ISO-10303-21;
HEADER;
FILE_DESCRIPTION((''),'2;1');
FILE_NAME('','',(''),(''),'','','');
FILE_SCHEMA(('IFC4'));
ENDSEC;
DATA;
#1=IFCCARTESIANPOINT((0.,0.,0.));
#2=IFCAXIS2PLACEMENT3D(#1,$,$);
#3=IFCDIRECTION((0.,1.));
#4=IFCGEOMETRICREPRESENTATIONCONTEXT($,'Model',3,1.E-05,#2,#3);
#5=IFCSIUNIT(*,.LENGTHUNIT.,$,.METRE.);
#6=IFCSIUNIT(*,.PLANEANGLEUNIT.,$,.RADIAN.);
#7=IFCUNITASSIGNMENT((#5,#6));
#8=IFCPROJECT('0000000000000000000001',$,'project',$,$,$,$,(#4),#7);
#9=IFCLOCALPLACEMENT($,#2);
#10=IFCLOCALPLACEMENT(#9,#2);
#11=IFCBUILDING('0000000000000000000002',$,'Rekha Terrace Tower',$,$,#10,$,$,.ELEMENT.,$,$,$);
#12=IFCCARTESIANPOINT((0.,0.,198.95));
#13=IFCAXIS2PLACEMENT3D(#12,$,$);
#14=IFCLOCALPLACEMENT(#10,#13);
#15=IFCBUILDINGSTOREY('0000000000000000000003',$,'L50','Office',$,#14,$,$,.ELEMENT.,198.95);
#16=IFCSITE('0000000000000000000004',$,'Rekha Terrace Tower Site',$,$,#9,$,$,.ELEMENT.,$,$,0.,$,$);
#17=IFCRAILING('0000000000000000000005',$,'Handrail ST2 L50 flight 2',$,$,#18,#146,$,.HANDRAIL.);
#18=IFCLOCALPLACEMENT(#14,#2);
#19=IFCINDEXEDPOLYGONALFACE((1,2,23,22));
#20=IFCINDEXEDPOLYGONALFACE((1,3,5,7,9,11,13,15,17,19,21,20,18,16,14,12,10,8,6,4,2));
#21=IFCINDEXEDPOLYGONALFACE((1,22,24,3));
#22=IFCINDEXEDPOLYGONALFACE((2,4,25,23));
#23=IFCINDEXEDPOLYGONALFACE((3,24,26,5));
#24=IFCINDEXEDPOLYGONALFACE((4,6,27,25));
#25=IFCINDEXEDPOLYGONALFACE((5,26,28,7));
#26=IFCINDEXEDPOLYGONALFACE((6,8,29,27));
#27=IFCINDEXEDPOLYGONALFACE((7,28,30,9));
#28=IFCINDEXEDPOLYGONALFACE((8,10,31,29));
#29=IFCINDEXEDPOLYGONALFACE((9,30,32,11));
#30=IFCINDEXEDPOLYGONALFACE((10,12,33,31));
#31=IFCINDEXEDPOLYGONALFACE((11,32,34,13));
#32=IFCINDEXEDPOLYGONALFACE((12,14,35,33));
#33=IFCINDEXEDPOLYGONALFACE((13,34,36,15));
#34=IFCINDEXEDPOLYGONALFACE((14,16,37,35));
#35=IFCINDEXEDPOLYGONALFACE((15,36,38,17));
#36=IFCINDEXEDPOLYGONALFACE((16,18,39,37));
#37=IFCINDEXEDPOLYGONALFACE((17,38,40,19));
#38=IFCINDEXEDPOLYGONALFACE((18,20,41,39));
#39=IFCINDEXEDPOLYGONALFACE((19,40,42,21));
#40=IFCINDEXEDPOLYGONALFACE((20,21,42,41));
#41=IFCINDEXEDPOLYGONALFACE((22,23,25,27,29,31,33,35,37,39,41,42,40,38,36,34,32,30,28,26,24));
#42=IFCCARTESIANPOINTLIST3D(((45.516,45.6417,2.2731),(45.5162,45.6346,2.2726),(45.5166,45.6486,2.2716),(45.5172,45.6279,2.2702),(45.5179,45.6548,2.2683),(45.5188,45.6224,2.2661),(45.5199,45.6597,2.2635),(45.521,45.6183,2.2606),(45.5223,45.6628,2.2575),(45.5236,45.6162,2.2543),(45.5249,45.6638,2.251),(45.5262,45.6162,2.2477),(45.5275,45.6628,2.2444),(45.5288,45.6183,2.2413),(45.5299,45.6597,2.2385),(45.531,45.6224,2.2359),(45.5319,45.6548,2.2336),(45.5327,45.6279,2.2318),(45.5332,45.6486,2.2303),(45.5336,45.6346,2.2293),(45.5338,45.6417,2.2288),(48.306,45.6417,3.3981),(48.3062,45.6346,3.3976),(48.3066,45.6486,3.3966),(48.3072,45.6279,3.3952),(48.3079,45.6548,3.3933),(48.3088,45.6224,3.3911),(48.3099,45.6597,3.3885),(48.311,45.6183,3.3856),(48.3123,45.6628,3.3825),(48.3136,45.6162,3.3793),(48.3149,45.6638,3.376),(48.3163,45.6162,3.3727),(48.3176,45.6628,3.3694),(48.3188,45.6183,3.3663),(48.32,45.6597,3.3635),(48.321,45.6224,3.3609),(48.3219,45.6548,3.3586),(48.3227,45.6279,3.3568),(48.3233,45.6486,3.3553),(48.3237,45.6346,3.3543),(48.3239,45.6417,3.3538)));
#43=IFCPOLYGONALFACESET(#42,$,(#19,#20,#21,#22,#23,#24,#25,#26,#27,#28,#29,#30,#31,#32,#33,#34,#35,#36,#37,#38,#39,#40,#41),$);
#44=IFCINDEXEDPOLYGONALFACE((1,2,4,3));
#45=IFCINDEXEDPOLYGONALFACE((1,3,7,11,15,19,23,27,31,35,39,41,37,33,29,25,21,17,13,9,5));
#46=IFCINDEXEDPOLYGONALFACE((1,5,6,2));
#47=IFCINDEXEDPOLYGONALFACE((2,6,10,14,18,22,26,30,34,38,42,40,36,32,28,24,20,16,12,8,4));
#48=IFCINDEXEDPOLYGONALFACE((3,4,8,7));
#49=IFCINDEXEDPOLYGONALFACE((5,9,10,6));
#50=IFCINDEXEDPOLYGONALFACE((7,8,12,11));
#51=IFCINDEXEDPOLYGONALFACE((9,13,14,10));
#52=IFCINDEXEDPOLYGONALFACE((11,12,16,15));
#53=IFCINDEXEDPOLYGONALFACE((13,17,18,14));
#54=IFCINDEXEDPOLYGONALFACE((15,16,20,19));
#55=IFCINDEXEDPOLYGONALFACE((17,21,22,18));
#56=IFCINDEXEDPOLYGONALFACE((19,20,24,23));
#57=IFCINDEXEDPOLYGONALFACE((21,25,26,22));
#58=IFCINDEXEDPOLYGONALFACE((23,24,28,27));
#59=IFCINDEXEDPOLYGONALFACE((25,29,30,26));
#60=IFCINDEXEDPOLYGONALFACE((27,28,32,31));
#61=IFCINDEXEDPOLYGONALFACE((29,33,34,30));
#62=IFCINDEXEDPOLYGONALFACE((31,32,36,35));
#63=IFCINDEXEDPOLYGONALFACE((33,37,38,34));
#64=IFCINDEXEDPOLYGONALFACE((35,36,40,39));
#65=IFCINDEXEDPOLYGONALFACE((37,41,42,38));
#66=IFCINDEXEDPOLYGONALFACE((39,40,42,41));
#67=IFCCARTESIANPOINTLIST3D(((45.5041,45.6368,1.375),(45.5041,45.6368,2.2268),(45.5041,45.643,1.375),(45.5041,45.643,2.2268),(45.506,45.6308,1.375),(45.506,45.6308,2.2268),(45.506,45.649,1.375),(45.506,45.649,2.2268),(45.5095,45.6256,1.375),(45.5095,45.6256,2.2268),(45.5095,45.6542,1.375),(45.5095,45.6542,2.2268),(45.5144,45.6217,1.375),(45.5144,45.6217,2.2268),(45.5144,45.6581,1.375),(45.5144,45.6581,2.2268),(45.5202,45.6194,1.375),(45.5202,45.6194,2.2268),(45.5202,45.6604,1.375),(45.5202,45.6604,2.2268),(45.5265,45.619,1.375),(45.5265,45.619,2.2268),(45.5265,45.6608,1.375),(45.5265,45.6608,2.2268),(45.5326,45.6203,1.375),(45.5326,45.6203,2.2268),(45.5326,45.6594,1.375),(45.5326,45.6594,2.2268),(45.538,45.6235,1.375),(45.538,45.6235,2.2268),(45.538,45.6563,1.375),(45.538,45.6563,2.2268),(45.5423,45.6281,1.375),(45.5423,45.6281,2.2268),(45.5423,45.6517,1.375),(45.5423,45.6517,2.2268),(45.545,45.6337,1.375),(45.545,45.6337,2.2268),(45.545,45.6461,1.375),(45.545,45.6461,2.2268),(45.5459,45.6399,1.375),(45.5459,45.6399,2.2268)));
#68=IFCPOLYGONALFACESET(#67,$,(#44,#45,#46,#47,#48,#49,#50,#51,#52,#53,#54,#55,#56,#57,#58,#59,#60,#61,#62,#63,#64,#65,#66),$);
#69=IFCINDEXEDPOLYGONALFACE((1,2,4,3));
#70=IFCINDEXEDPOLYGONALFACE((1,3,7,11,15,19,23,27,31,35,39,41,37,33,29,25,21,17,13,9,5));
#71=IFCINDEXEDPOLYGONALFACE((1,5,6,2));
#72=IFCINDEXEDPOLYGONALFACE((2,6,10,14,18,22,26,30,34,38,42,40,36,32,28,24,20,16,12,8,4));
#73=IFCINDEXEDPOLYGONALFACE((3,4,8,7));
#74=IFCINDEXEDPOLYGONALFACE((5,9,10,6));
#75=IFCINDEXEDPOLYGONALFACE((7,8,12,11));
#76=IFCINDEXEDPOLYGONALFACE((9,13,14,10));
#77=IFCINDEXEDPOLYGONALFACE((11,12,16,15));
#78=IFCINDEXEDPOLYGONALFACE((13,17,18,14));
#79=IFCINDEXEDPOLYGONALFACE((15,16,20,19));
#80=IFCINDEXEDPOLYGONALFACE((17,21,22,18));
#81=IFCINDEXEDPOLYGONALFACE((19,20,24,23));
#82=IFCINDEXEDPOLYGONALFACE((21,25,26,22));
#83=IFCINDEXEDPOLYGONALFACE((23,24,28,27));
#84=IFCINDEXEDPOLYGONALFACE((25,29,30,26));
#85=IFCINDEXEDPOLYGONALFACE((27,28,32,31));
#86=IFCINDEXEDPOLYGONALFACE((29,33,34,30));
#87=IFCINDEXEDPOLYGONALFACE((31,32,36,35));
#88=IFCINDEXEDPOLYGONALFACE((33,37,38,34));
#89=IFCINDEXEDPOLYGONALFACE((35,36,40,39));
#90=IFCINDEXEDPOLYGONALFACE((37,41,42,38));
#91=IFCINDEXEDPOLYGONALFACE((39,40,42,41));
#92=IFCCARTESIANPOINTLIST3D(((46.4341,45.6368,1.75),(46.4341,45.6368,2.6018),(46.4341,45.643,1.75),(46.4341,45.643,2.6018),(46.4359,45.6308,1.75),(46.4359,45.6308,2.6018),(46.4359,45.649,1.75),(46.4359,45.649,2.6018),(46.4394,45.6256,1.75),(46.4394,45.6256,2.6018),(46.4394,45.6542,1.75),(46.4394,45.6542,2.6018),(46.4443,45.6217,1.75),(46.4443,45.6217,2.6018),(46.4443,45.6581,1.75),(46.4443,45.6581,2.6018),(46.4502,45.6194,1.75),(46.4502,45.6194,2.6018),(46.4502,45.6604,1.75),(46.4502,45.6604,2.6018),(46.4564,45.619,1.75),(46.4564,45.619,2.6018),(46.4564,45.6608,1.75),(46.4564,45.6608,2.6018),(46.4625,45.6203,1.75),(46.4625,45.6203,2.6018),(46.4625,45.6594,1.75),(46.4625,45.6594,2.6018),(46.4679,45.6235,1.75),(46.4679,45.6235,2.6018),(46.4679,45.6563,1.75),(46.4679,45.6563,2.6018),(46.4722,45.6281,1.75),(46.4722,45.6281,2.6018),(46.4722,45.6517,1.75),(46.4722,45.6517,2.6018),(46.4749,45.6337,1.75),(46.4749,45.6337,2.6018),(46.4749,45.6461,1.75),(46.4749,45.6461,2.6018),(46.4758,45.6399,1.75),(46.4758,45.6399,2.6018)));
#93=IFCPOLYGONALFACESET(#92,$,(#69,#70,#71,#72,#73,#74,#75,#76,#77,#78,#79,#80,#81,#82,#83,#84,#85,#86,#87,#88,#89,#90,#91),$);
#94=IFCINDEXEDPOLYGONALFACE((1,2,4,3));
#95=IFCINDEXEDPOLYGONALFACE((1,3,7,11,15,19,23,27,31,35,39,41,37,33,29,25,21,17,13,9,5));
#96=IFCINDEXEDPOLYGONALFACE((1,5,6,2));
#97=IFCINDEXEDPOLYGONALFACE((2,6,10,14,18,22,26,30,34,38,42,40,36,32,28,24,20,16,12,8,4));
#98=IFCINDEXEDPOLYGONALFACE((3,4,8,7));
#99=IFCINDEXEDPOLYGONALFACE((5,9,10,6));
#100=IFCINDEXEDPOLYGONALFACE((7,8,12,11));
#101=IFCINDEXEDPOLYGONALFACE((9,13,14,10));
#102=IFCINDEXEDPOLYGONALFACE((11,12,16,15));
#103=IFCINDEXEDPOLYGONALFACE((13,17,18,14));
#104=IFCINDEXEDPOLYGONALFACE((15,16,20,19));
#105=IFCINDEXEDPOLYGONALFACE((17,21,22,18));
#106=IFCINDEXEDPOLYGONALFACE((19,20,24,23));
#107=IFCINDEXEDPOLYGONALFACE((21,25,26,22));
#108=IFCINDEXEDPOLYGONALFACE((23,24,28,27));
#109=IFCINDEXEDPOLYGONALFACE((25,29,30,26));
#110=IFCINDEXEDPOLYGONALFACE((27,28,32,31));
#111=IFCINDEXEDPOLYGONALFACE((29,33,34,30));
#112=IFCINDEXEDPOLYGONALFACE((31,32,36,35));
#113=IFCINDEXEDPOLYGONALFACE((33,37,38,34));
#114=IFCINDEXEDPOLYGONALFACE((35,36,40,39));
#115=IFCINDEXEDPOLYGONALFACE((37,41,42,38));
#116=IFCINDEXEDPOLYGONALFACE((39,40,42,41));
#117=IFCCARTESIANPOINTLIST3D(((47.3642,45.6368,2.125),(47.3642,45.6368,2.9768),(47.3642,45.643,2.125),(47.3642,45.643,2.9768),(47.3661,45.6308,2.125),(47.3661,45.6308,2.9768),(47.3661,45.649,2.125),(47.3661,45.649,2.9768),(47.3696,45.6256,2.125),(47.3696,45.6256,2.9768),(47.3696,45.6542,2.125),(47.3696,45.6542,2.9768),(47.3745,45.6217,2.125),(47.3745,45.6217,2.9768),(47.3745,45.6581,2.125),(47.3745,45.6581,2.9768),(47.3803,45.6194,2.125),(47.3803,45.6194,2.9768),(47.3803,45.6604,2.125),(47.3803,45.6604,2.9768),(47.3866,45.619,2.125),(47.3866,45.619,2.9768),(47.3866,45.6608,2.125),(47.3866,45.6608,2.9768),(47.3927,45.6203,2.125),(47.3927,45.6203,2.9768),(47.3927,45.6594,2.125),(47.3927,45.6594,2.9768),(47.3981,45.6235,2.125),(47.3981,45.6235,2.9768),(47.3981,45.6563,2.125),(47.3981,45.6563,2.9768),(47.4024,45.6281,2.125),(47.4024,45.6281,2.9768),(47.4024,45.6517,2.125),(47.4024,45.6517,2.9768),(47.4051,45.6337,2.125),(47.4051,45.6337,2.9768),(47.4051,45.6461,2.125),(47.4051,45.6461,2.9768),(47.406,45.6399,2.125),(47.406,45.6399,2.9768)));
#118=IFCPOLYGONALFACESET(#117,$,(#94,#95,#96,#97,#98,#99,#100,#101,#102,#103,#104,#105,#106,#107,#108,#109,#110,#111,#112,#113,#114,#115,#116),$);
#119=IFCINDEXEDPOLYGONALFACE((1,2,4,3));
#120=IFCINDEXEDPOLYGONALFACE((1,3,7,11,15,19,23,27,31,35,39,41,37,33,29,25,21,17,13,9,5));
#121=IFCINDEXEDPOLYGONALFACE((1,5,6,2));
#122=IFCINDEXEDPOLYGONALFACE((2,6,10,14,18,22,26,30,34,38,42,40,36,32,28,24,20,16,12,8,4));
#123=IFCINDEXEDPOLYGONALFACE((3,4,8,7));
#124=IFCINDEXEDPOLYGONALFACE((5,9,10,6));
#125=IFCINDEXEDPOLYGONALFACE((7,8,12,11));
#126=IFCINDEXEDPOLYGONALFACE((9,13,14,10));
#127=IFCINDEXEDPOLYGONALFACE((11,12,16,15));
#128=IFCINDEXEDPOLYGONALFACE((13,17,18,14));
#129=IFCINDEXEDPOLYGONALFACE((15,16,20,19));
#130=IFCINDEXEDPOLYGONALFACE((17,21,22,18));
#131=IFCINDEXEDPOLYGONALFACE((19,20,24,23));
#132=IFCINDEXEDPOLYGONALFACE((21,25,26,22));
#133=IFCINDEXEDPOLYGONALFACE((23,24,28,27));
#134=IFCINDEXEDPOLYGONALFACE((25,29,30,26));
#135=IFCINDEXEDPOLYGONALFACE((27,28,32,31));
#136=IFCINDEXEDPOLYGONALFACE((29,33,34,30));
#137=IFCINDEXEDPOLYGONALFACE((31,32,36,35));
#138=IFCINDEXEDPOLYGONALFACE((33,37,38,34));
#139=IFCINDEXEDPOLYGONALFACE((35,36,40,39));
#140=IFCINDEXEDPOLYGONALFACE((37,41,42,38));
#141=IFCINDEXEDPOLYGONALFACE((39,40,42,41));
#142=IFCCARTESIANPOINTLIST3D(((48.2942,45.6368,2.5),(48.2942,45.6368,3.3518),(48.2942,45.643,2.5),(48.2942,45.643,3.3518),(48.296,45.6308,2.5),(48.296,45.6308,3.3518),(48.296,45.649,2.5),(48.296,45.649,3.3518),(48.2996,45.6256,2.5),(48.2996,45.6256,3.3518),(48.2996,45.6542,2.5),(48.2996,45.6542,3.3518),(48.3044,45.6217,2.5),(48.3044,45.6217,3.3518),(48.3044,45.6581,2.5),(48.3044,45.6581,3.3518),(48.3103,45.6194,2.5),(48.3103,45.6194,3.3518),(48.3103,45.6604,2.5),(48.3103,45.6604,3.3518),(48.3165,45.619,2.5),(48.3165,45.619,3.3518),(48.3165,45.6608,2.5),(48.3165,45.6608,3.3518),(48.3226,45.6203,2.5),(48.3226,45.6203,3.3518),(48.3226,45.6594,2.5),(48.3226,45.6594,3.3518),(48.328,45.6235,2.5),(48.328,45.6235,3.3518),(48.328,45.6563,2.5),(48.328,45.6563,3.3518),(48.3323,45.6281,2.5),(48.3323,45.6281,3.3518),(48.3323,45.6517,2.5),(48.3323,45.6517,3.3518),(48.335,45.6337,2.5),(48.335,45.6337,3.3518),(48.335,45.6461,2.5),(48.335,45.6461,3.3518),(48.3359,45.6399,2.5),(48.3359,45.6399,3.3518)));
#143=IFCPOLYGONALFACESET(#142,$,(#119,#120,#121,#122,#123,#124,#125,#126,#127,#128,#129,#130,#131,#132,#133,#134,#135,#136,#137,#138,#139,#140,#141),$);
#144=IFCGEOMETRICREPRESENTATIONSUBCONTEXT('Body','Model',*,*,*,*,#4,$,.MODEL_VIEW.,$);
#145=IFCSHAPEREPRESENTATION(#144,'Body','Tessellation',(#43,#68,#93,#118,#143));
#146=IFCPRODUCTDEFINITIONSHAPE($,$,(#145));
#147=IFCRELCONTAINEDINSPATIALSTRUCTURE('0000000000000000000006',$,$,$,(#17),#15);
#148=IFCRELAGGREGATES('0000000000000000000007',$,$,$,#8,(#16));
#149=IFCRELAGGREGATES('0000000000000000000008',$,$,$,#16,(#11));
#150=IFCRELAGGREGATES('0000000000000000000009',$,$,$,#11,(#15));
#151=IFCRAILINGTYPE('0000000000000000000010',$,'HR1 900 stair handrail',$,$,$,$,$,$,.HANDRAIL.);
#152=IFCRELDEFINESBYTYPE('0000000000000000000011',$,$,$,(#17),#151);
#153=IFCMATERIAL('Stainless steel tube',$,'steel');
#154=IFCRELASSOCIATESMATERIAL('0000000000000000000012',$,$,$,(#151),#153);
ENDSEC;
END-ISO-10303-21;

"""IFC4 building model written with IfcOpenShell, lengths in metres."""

from ifc_helpers import new_model, si_unit, direction, frame, origin, origin_2d, place, context, subcontext, project, spatial, circle, extrude, material, type_object, element, save


model = new_model("IFC4")

# Units and contexts
model_context = context("Model", 3, precision=1e-05, world=origin(), true_north=direction((0.0, 1.0)))
body_context = subcontext(model_context, "Body", "Model", "MODEL_VIEW")
ifc_project = project(units=[si_unit("LENGTHUNIT", "METRE"), si_unit("PLANEANGLEUNIT", "RADIAN")], contexts=[model_context])

# Site, building, storey
site_placement = place(None, origin())
site = spatial("IfcSite", under=ifc_project, at=site_placement, Name="Rekha Terrace Tower Site", CompositionType="ELEMENT", RefElevation=0.0)
building_placement = place(site_placement, origin())
building = spatial("IfcBuilding", under=site, at=building_placement, Name="Rekha Terrace Tower", CompositionType="ELEMENT")
storey_placement = place(building_placement, frame((0.0, 0.0, 198.95)))
storey = spatial("IfcBuildingStorey", under=building, at=storey_placement, Name="L50", Description="Office", CompositionType="ELEMENT", Elevation=198.95)

# Railing
ifc_material_1 = material(Name="Stainless steel tube", Category="steel")
railing_type = type_object("IfcRailingType", Name="HR1 900 stair handrail", PredefinedType="HANDRAIL", material=ifc_material_1)
railing_placement = place(storey_placement, frame((45.5249, 45.6399, 1.375)))
element("IfcRailing", 1, at=railing_placement, inside=storey, type_object=railing_type, Name="Handrail ST2 L50 flight 2", PredefinedType="HANDRAIL", context=body_context, shape_type="SweptSolid", body=[
    extrude(circle(Radius=0.0239, at=origin_2d()), frame((0.0, 0.0, 0.876), z_axis=(0.927443, 0.0, 0.373964), x_axis=(0.0, 1.0, 0.0)), (0.0, 0.0, 1.0), 3.0083),
    extrude(circle(Radius=0.021, at=origin_2d()), origin(), (0.0, 0.0, 1.0), 0.8518),
    extrude(circle(Radius=0.021, at=origin_2d()), frame((0.9299, 0.0, 0.375)), (0.0, 0.0, 1.0), 0.8518),
    extrude(circle(Radius=0.021, at=origin_2d()), frame((1.8601, 0.0, 0.75)), (0.0, 0.0, 1.0), 0.8518),
    extrude(circle(Radius=0.021, at=origin_2d()), frame((2.79, 0.0, 1.125)), (0.0, 0.0, 1.0), 0.8518),
])

save(model, "model.ifc")
